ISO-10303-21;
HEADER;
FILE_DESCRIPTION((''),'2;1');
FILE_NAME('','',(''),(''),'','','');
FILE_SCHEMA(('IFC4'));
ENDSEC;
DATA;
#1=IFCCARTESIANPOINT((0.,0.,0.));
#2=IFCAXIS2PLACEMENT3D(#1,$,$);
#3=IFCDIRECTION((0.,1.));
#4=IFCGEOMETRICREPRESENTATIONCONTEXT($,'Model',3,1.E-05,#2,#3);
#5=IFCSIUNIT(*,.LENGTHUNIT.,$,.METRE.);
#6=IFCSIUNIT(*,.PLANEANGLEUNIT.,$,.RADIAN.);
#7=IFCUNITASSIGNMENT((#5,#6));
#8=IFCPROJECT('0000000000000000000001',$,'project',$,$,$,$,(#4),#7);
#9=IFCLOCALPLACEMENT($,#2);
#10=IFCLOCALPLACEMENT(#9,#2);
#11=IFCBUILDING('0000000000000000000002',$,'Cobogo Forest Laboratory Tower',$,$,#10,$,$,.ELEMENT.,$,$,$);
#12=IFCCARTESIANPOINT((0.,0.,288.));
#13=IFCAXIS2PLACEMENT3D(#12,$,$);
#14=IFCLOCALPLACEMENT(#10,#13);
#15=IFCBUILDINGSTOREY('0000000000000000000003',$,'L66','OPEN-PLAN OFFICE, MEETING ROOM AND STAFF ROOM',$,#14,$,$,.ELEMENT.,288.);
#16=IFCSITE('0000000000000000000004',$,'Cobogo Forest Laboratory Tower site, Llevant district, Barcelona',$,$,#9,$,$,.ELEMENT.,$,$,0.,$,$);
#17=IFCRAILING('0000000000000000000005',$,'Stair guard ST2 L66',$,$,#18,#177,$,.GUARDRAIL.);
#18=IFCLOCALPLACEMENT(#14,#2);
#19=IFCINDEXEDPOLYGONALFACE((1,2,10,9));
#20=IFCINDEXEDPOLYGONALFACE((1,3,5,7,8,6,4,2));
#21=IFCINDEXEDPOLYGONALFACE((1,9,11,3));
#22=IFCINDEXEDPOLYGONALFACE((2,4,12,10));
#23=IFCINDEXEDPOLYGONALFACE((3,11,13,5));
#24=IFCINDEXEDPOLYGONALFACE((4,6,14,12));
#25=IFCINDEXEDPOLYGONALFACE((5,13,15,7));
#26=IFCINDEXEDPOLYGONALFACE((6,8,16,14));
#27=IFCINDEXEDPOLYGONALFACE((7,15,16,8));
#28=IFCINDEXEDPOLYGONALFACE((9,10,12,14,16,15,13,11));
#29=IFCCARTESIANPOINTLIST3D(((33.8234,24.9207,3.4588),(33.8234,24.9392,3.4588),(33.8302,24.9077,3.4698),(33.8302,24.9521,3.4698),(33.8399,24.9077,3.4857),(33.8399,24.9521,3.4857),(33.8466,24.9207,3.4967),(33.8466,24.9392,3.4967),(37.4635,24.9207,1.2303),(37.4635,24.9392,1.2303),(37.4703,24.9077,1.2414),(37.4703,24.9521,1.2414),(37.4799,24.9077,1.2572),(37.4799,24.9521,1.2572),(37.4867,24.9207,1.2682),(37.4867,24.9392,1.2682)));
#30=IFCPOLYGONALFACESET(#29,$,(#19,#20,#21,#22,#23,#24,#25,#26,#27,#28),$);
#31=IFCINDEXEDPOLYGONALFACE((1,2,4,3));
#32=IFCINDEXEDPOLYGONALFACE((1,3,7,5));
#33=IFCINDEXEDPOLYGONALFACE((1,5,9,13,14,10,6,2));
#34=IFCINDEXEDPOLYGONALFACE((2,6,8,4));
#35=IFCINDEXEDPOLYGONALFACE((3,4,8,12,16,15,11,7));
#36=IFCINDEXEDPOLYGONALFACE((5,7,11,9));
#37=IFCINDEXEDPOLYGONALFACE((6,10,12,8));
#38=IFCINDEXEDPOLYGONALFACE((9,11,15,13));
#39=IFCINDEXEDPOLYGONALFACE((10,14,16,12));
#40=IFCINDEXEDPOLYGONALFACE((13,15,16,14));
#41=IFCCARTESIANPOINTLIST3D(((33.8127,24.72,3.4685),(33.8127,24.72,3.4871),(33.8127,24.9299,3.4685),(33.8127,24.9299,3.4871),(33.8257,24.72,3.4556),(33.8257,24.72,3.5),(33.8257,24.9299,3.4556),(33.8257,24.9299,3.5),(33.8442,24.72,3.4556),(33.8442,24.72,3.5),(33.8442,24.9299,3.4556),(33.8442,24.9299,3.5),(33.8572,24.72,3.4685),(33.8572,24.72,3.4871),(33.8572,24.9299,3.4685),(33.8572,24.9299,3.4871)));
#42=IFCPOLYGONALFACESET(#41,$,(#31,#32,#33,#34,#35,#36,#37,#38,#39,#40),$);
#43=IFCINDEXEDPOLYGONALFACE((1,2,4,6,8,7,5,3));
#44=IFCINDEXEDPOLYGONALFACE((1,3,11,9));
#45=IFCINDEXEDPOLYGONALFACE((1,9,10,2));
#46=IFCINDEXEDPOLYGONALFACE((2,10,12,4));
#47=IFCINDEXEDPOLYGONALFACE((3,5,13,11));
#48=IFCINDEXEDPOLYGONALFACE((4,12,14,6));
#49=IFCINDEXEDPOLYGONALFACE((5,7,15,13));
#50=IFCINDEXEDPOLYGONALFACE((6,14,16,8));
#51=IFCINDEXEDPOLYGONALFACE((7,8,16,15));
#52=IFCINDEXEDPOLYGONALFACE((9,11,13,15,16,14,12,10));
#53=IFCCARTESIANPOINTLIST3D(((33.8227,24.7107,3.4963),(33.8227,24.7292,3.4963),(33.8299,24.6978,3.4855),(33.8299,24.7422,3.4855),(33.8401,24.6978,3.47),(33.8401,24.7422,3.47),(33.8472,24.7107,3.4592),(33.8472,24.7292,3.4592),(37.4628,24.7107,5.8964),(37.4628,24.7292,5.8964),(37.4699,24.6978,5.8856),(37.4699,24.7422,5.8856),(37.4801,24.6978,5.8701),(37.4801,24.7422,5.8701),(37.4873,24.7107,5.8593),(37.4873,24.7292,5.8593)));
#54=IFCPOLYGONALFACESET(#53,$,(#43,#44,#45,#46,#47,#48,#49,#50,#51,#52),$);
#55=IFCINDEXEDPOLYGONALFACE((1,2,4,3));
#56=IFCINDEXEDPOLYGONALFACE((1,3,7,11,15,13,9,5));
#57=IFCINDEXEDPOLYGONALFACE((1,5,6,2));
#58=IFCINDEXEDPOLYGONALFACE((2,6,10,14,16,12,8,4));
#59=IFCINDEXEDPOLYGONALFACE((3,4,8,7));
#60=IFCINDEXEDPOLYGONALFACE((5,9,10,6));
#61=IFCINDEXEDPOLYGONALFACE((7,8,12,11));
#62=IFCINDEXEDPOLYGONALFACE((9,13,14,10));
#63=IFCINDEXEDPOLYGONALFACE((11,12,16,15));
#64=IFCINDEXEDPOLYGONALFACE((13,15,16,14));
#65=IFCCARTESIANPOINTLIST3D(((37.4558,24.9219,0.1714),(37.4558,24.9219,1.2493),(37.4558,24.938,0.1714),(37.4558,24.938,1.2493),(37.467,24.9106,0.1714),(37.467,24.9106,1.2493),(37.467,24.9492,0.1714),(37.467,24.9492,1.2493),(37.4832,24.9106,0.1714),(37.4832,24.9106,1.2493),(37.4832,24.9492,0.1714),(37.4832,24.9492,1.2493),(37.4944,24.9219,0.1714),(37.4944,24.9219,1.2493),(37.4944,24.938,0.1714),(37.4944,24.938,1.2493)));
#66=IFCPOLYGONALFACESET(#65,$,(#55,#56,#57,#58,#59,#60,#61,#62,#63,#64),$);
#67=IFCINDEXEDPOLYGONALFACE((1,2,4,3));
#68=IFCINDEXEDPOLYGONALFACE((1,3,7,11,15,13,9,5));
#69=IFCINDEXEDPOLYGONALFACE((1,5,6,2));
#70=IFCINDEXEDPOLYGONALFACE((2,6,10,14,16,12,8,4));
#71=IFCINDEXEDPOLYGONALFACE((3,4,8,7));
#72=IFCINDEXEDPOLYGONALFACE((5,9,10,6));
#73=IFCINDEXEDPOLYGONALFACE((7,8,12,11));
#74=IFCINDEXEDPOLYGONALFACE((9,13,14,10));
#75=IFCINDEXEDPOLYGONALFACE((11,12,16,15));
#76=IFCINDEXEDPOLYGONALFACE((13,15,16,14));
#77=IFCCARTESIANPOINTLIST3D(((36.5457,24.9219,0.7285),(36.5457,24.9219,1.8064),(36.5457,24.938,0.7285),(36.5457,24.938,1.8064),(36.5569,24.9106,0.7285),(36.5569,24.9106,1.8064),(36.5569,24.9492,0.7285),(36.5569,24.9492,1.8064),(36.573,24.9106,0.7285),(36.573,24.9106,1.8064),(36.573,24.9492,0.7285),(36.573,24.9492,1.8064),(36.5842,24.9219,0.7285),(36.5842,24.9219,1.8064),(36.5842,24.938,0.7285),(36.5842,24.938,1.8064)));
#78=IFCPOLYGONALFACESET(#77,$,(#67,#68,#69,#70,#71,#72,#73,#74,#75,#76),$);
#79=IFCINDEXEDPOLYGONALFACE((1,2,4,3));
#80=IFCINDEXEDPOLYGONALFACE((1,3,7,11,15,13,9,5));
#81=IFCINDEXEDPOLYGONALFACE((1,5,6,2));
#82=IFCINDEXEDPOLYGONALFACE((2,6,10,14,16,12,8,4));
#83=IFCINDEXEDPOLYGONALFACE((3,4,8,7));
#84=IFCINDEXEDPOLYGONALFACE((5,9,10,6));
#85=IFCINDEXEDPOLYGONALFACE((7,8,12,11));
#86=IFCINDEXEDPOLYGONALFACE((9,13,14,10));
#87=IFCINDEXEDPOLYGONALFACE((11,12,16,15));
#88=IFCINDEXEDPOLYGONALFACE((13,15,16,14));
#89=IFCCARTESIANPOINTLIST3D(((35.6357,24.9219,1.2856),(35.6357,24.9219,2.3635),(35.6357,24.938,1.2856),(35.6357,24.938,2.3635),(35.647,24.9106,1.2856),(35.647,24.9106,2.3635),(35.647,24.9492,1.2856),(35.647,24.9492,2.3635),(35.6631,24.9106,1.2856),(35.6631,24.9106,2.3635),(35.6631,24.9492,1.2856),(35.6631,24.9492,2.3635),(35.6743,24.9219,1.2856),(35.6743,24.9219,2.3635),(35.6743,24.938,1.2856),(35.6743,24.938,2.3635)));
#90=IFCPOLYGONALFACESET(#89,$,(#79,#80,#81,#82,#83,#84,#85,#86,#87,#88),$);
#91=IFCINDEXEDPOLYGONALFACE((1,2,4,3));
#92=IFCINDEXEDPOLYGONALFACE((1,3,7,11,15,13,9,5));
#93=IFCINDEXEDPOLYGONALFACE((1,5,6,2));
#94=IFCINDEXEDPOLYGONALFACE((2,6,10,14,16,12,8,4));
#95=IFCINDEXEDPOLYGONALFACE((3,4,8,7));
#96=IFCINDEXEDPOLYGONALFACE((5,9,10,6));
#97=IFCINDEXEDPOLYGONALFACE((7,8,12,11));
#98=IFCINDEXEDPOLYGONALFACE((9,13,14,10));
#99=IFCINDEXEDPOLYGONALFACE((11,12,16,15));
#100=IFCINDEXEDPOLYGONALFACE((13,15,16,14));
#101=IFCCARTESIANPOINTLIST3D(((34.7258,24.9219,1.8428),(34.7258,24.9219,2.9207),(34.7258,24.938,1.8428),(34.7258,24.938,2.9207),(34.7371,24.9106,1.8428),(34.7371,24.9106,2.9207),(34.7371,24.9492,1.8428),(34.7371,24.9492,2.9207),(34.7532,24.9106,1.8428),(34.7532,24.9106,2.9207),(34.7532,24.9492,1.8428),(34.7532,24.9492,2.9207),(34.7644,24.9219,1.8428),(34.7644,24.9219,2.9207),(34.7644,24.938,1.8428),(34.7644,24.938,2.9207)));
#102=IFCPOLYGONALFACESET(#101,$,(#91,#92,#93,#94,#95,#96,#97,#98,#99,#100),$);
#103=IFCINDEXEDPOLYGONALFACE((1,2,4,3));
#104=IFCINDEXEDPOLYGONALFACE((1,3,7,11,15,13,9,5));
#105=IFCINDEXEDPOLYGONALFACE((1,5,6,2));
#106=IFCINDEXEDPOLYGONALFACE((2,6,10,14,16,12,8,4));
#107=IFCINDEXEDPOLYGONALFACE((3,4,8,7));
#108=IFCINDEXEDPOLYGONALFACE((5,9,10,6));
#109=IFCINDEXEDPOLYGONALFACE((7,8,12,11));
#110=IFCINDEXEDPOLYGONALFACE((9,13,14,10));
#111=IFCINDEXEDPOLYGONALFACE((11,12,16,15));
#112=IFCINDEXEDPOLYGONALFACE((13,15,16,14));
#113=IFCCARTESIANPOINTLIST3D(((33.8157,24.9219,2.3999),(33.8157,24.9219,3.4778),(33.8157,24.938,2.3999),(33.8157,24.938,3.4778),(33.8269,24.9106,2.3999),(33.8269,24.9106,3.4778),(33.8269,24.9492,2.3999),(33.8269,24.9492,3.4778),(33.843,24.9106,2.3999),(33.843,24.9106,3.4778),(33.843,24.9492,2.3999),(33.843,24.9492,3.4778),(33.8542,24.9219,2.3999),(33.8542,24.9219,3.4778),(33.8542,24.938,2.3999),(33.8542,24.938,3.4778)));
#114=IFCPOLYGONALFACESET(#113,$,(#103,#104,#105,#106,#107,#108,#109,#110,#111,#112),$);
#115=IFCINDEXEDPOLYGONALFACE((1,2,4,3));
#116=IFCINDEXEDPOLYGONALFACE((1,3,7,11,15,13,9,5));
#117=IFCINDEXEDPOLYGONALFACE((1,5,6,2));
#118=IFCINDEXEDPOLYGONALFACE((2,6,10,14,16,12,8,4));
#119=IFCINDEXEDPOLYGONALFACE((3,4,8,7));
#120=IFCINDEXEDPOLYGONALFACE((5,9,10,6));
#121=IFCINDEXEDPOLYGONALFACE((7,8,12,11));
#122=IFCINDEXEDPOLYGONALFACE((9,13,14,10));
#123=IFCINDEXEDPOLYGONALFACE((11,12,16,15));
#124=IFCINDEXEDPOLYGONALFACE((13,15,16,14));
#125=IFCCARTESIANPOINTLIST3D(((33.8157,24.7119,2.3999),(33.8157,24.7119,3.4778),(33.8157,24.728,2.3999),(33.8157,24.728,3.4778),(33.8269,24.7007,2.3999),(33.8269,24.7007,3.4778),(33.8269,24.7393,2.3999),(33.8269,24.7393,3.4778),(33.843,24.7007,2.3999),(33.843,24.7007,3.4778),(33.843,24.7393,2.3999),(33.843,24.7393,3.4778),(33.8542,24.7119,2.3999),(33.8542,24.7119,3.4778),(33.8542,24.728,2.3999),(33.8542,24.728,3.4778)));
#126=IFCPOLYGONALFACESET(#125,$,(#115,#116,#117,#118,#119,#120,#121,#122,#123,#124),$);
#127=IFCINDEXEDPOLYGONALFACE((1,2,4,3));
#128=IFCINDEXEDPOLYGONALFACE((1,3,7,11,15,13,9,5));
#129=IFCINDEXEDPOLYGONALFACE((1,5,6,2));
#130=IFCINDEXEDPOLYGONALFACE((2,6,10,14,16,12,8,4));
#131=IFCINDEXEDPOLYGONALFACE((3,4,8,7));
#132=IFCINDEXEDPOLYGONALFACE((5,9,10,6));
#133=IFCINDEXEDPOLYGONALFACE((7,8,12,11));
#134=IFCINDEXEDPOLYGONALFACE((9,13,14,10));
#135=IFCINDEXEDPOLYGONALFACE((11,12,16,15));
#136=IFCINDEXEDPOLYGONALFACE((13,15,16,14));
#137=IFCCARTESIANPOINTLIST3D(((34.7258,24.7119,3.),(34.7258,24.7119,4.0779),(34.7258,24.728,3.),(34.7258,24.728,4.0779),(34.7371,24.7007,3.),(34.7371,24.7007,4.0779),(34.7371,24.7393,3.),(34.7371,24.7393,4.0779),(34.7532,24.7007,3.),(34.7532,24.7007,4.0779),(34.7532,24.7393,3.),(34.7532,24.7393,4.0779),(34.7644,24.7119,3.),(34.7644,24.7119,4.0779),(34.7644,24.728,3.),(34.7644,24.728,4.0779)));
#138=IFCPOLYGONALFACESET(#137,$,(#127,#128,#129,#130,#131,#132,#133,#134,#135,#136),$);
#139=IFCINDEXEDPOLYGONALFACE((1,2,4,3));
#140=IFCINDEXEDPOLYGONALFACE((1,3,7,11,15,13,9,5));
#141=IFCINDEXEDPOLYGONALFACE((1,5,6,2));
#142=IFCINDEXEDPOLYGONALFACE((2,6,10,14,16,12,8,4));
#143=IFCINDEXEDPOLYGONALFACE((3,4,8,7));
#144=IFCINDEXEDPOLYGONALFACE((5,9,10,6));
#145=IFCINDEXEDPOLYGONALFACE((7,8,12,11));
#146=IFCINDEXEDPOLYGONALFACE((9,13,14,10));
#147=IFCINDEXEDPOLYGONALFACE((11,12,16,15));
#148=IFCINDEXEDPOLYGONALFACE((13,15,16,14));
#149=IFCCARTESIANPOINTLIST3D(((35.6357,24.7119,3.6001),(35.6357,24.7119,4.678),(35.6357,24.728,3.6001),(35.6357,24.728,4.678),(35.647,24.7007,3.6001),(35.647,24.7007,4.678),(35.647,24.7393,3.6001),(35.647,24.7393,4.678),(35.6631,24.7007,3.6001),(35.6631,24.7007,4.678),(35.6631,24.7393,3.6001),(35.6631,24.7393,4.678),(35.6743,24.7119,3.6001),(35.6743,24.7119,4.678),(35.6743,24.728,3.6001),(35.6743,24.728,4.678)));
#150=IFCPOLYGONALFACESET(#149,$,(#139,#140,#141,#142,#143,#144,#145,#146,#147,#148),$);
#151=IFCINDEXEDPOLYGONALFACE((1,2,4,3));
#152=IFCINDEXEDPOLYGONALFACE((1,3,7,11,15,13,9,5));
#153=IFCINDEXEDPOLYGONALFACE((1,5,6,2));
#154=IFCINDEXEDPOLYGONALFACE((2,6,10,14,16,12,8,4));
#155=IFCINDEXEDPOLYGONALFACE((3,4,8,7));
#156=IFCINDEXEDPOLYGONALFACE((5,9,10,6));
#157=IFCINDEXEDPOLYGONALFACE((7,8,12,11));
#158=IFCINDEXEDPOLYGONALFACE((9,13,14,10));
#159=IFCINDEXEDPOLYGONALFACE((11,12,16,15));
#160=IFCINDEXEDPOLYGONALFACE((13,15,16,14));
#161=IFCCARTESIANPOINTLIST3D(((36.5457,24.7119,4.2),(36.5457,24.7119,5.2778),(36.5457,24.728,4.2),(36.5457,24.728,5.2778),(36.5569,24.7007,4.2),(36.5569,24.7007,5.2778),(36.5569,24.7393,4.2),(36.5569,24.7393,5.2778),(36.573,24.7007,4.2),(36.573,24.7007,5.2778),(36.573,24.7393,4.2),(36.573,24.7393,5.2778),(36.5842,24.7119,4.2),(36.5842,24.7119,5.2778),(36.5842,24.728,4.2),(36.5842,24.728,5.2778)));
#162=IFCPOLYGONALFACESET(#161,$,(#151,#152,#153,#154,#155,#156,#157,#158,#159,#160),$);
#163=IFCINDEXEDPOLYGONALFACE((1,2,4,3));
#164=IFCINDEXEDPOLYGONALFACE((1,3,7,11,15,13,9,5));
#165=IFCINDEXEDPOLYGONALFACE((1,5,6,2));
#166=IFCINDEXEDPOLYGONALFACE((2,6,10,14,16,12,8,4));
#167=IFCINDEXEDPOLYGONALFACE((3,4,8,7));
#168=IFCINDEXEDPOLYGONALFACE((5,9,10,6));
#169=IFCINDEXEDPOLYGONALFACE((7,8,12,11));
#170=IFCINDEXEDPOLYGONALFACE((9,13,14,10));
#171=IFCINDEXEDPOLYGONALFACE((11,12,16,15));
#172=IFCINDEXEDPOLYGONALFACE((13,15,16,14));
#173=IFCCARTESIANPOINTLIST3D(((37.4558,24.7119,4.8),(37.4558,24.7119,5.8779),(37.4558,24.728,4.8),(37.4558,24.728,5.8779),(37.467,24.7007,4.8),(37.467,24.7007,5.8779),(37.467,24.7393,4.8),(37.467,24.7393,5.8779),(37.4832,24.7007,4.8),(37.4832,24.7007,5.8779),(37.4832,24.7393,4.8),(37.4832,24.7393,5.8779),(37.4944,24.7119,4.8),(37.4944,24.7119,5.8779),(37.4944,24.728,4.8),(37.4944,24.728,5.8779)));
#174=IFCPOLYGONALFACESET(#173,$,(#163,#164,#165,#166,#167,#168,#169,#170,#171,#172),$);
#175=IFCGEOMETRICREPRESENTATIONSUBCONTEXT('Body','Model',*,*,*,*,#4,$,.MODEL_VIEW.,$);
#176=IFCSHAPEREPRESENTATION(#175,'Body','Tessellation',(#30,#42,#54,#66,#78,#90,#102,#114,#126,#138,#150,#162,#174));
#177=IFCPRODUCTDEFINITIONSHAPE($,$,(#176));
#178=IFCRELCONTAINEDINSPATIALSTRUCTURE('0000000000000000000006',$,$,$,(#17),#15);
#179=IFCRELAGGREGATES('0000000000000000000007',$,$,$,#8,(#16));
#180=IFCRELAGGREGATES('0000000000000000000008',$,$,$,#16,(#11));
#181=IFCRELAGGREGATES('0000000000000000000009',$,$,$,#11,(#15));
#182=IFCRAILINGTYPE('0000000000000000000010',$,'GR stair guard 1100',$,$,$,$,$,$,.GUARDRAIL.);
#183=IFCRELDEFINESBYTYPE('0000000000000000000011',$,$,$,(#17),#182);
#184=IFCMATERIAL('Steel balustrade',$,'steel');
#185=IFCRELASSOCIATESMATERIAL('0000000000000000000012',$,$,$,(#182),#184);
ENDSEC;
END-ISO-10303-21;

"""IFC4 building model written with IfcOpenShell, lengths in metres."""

from ifc_helpers import new_model, si_unit, direction, frame, origin, place, context, subcontext, project, spatial, polyline, outline, extrude, material, type_object, element, save


model = new_model("IFC4")

# Units and contexts
model_context = context("Model", 3, precision=1e-05, world=origin(), true_north=direction((0.0, 1.0)))
body_context = subcontext(model_context, "Body", "Model", "MODEL_VIEW")
ifc_project = project(units=[si_unit("LENGTHUNIT", "METRE"), si_unit("PLANEANGLEUNIT", "RADIAN")], contexts=[model_context])

# Site, building, storey
site_placement = place(None, origin())
site = spatial("IfcSite", under=ifc_project, at=site_placement, Name="Cobogo Forest Laboratory Tower site, Llevant district, Barcelona", CompositionType="ELEMENT", RefElevation=0.0)
building_placement = place(site_placement, origin())
building = spatial("IfcBuilding", under=site, at=building_placement, Name="Cobogo Forest Laboratory Tower", CompositionType="ELEMENT")
storey_placement = place(building_placement, frame((0.0, 0.0, 288.0)))
storey = spatial("IfcBuildingStorey", under=building, at=storey_placement, Name="L66", Description="OPEN-PLAN OFFICE, MEETING ROOM AND STAFF ROOM", CompositionType="ELEMENT", Elevation=288.0)

# Railing
ifc_material_1 = material(Name="Steel balustrade", Category="steel")
railing_type_1 = type_object("IfcRailingType", Name="GR stair guard 1100", PredefinedType="GUARDRAIL", material=ifc_material_1)
railing_1_placement = place(storey_placement, frame((37.4751, 24.9299, 0.1714)))
element("IfcRailing", 1, at=railing_1_placement, inside=storey, type_object=railing_type_1, Name="Stair guard ST2 L66", PredefinedType="GUARDRAIL", context=body_context, shape_type="SweptSolid", body=[
    extrude(outline(polyline([(0.0222, 0.0093), (0.0093, 0.0222), (-0.0093, 0.0222), (-0.0222, 0.0093), (-0.0222, -0.0093), (-0.0093, -0.0222), (0.0093, -0.0222), (0.0222, -0.0093), (0.0222, 0.0093)])), frame((0.0, 0.0, 1.0779), z_axis=(-0.852866, 0.0, 0.52213), x_axis=(0.0, -1.0, 0.0)), (0.0, 0.0, 1.0), 4.2681),
    extrude(outline(polyline([(0.0222, 0.0093), (0.0093, 0.0222), (-0.0093, 0.0222), (-0.0222, 0.0093), (-0.0222, -0.0093), (-0.0093, -0.0222), (0.0093, -0.0222), (0.0222, -0.0093), (0.0222, 0.0093)])), frame((-3.6401, 0.0, 3.3064), z_axis=(0.0, -1.0, 0.0), x_axis=(1.0, 0.0, 0.0)), (0.0, 0.0, 1.0), 0.21),
    extrude(outline(polyline([(0.0222, 0.0093), (0.0093, 0.0222), (-0.0093, 0.0222), (-0.0222, 0.0093), (-0.0222, -0.0093), (-0.0093, -0.0222), (0.0093, -0.0222), (0.0222, -0.0093), (0.0222, 0.0093)])), frame((-3.6401, -0.21, 3.3064), z_axis=(0.834856, 0.0, 0.550468), x_axis=(0.0, 1.0, 0.0)), (0.0, 0.0, 1.0), 4.3601),
    extrude(outline(polyline([(0.0193, 0.0081), (0.0081, 0.0193), (-0.0081, 0.0193), (-0.0193, 0.0081), (-0.0193, -0.0081), (-0.0081, -0.0193), (0.0081, -0.0193), (0.0193, -0.0081), (0.0193, 0.0081)])), origin(), (0.0, 0.0, 1.0), 1.0779),
    extrude(outline(polyline([(0.0193, 0.0081), (0.0081, 0.0193), (-0.0081, 0.0193), (-0.0193, 0.0081), (-0.0193, -0.0081), (-0.0081, -0.0193), (0.0081, -0.0193), (0.0193, -0.0081), (0.0193, 0.0081)])), frame((-0.9102, 0.0, 0.5571)), (0.0, 0.0, 1.0), 1.0779),
    extrude(outline(polyline([(0.0193, 0.0081), (0.0081, 0.0193), (-0.0081, 0.0193), (-0.0193, 0.0081), (-0.0193, -0.0081), (-0.0081, -0.0193), (0.0081, -0.0193), (0.0193, -0.0081), (0.0193, 0.0081)])), frame((-1.8201, 0.0, 1.1143)), (0.0, 0.0, 1.0), 1.0779),
    extrude(outline(polyline([(0.0193, 0.0081), (0.0081, 0.0193), (-0.0081, 0.0193), (-0.0193, 0.0081), (-0.0193, -0.0081), (-0.0081, -0.0193), (0.0081, -0.0193), (0.0193, -0.0081), (0.0193, 0.0081)])), frame((-2.73, 0.0, 1.6714)), (0.0, 0.0, 1.0), 1.0779),
    extrude(outline(polyline([(0.0193, 0.0081), (0.0081, 0.0193), (-0.0081, 0.0193), (-0.0193, 0.0081), (-0.0193, -0.0081), (-0.0081, -0.0193), (0.0081, -0.0193), (0.0193, -0.0081), (0.0193, 0.0081)])), frame((-3.6401, 0.0, 2.2285)), (0.0, 0.0, 1.0), 1.0779),
    extrude(outline(polyline([(0.0193, 0.0081), (0.0081, 0.0193), (-0.0081, 0.0193), (-0.0193, 0.0081), (-0.0193, -0.0081), (-0.0081, -0.0193), (0.0081, -0.0193), (0.0193, -0.0081), (0.0193, 0.0081)])), frame((-3.6401, -0.21, 2.2285)), (0.0, 0.0, 1.0), 1.0779),
    extrude(outline(polyline([(0.0193, 0.0081), (0.0081, 0.0193), (-0.0081, 0.0193), (-0.0193, 0.0081), (-0.0193, -0.0081), (-0.0081, -0.0193), (0.0081, -0.0193), (0.0193, -0.0081), (0.0193, 0.0081)])), frame((-2.73, -0.21, 2.8286)), (0.0, 0.0, 1.0), 1.0779),
    extrude(outline(polyline([(0.0193, 0.0081), (0.0081, 0.0193), (-0.0081, 0.0193), (-0.0193, 0.0081), (-0.0193, -0.0081), (-0.0081, -0.0193), (0.0081, -0.0193), (0.0193, -0.0081), (0.0193, 0.0081)])), frame((-1.8201, -0.21, 3.4287)), (0.0, 0.0, 1.0), 1.0779),
    extrude(outline(polyline([(0.0193, 0.0081), (0.0081, 0.0193), (-0.0081, 0.0193), (-0.0193, 0.0081), (-0.0193, -0.0081), (-0.0081, -0.0193), (0.0081, -0.0193), (0.0193, -0.0081), (0.0193, 0.0081)])), frame((-0.9102, -0.21, 4.0286)), (0.0, 0.0, 1.0), 1.0779),
    extrude(outline(polyline([(0.0193, 0.0081), (0.0081, 0.0193), (-0.0081, 0.0193), (-0.0193, 0.0081), (-0.0193, -0.0081), (-0.0081, -0.0193), (0.0081, -0.0193), (0.0193, -0.0081), (0.0193, 0.0081)])), frame((0.0, -0.21, 4.6287)), (0.0, 0.0, 1.0), 1.0779),
])

save(model, "model.ifc")
